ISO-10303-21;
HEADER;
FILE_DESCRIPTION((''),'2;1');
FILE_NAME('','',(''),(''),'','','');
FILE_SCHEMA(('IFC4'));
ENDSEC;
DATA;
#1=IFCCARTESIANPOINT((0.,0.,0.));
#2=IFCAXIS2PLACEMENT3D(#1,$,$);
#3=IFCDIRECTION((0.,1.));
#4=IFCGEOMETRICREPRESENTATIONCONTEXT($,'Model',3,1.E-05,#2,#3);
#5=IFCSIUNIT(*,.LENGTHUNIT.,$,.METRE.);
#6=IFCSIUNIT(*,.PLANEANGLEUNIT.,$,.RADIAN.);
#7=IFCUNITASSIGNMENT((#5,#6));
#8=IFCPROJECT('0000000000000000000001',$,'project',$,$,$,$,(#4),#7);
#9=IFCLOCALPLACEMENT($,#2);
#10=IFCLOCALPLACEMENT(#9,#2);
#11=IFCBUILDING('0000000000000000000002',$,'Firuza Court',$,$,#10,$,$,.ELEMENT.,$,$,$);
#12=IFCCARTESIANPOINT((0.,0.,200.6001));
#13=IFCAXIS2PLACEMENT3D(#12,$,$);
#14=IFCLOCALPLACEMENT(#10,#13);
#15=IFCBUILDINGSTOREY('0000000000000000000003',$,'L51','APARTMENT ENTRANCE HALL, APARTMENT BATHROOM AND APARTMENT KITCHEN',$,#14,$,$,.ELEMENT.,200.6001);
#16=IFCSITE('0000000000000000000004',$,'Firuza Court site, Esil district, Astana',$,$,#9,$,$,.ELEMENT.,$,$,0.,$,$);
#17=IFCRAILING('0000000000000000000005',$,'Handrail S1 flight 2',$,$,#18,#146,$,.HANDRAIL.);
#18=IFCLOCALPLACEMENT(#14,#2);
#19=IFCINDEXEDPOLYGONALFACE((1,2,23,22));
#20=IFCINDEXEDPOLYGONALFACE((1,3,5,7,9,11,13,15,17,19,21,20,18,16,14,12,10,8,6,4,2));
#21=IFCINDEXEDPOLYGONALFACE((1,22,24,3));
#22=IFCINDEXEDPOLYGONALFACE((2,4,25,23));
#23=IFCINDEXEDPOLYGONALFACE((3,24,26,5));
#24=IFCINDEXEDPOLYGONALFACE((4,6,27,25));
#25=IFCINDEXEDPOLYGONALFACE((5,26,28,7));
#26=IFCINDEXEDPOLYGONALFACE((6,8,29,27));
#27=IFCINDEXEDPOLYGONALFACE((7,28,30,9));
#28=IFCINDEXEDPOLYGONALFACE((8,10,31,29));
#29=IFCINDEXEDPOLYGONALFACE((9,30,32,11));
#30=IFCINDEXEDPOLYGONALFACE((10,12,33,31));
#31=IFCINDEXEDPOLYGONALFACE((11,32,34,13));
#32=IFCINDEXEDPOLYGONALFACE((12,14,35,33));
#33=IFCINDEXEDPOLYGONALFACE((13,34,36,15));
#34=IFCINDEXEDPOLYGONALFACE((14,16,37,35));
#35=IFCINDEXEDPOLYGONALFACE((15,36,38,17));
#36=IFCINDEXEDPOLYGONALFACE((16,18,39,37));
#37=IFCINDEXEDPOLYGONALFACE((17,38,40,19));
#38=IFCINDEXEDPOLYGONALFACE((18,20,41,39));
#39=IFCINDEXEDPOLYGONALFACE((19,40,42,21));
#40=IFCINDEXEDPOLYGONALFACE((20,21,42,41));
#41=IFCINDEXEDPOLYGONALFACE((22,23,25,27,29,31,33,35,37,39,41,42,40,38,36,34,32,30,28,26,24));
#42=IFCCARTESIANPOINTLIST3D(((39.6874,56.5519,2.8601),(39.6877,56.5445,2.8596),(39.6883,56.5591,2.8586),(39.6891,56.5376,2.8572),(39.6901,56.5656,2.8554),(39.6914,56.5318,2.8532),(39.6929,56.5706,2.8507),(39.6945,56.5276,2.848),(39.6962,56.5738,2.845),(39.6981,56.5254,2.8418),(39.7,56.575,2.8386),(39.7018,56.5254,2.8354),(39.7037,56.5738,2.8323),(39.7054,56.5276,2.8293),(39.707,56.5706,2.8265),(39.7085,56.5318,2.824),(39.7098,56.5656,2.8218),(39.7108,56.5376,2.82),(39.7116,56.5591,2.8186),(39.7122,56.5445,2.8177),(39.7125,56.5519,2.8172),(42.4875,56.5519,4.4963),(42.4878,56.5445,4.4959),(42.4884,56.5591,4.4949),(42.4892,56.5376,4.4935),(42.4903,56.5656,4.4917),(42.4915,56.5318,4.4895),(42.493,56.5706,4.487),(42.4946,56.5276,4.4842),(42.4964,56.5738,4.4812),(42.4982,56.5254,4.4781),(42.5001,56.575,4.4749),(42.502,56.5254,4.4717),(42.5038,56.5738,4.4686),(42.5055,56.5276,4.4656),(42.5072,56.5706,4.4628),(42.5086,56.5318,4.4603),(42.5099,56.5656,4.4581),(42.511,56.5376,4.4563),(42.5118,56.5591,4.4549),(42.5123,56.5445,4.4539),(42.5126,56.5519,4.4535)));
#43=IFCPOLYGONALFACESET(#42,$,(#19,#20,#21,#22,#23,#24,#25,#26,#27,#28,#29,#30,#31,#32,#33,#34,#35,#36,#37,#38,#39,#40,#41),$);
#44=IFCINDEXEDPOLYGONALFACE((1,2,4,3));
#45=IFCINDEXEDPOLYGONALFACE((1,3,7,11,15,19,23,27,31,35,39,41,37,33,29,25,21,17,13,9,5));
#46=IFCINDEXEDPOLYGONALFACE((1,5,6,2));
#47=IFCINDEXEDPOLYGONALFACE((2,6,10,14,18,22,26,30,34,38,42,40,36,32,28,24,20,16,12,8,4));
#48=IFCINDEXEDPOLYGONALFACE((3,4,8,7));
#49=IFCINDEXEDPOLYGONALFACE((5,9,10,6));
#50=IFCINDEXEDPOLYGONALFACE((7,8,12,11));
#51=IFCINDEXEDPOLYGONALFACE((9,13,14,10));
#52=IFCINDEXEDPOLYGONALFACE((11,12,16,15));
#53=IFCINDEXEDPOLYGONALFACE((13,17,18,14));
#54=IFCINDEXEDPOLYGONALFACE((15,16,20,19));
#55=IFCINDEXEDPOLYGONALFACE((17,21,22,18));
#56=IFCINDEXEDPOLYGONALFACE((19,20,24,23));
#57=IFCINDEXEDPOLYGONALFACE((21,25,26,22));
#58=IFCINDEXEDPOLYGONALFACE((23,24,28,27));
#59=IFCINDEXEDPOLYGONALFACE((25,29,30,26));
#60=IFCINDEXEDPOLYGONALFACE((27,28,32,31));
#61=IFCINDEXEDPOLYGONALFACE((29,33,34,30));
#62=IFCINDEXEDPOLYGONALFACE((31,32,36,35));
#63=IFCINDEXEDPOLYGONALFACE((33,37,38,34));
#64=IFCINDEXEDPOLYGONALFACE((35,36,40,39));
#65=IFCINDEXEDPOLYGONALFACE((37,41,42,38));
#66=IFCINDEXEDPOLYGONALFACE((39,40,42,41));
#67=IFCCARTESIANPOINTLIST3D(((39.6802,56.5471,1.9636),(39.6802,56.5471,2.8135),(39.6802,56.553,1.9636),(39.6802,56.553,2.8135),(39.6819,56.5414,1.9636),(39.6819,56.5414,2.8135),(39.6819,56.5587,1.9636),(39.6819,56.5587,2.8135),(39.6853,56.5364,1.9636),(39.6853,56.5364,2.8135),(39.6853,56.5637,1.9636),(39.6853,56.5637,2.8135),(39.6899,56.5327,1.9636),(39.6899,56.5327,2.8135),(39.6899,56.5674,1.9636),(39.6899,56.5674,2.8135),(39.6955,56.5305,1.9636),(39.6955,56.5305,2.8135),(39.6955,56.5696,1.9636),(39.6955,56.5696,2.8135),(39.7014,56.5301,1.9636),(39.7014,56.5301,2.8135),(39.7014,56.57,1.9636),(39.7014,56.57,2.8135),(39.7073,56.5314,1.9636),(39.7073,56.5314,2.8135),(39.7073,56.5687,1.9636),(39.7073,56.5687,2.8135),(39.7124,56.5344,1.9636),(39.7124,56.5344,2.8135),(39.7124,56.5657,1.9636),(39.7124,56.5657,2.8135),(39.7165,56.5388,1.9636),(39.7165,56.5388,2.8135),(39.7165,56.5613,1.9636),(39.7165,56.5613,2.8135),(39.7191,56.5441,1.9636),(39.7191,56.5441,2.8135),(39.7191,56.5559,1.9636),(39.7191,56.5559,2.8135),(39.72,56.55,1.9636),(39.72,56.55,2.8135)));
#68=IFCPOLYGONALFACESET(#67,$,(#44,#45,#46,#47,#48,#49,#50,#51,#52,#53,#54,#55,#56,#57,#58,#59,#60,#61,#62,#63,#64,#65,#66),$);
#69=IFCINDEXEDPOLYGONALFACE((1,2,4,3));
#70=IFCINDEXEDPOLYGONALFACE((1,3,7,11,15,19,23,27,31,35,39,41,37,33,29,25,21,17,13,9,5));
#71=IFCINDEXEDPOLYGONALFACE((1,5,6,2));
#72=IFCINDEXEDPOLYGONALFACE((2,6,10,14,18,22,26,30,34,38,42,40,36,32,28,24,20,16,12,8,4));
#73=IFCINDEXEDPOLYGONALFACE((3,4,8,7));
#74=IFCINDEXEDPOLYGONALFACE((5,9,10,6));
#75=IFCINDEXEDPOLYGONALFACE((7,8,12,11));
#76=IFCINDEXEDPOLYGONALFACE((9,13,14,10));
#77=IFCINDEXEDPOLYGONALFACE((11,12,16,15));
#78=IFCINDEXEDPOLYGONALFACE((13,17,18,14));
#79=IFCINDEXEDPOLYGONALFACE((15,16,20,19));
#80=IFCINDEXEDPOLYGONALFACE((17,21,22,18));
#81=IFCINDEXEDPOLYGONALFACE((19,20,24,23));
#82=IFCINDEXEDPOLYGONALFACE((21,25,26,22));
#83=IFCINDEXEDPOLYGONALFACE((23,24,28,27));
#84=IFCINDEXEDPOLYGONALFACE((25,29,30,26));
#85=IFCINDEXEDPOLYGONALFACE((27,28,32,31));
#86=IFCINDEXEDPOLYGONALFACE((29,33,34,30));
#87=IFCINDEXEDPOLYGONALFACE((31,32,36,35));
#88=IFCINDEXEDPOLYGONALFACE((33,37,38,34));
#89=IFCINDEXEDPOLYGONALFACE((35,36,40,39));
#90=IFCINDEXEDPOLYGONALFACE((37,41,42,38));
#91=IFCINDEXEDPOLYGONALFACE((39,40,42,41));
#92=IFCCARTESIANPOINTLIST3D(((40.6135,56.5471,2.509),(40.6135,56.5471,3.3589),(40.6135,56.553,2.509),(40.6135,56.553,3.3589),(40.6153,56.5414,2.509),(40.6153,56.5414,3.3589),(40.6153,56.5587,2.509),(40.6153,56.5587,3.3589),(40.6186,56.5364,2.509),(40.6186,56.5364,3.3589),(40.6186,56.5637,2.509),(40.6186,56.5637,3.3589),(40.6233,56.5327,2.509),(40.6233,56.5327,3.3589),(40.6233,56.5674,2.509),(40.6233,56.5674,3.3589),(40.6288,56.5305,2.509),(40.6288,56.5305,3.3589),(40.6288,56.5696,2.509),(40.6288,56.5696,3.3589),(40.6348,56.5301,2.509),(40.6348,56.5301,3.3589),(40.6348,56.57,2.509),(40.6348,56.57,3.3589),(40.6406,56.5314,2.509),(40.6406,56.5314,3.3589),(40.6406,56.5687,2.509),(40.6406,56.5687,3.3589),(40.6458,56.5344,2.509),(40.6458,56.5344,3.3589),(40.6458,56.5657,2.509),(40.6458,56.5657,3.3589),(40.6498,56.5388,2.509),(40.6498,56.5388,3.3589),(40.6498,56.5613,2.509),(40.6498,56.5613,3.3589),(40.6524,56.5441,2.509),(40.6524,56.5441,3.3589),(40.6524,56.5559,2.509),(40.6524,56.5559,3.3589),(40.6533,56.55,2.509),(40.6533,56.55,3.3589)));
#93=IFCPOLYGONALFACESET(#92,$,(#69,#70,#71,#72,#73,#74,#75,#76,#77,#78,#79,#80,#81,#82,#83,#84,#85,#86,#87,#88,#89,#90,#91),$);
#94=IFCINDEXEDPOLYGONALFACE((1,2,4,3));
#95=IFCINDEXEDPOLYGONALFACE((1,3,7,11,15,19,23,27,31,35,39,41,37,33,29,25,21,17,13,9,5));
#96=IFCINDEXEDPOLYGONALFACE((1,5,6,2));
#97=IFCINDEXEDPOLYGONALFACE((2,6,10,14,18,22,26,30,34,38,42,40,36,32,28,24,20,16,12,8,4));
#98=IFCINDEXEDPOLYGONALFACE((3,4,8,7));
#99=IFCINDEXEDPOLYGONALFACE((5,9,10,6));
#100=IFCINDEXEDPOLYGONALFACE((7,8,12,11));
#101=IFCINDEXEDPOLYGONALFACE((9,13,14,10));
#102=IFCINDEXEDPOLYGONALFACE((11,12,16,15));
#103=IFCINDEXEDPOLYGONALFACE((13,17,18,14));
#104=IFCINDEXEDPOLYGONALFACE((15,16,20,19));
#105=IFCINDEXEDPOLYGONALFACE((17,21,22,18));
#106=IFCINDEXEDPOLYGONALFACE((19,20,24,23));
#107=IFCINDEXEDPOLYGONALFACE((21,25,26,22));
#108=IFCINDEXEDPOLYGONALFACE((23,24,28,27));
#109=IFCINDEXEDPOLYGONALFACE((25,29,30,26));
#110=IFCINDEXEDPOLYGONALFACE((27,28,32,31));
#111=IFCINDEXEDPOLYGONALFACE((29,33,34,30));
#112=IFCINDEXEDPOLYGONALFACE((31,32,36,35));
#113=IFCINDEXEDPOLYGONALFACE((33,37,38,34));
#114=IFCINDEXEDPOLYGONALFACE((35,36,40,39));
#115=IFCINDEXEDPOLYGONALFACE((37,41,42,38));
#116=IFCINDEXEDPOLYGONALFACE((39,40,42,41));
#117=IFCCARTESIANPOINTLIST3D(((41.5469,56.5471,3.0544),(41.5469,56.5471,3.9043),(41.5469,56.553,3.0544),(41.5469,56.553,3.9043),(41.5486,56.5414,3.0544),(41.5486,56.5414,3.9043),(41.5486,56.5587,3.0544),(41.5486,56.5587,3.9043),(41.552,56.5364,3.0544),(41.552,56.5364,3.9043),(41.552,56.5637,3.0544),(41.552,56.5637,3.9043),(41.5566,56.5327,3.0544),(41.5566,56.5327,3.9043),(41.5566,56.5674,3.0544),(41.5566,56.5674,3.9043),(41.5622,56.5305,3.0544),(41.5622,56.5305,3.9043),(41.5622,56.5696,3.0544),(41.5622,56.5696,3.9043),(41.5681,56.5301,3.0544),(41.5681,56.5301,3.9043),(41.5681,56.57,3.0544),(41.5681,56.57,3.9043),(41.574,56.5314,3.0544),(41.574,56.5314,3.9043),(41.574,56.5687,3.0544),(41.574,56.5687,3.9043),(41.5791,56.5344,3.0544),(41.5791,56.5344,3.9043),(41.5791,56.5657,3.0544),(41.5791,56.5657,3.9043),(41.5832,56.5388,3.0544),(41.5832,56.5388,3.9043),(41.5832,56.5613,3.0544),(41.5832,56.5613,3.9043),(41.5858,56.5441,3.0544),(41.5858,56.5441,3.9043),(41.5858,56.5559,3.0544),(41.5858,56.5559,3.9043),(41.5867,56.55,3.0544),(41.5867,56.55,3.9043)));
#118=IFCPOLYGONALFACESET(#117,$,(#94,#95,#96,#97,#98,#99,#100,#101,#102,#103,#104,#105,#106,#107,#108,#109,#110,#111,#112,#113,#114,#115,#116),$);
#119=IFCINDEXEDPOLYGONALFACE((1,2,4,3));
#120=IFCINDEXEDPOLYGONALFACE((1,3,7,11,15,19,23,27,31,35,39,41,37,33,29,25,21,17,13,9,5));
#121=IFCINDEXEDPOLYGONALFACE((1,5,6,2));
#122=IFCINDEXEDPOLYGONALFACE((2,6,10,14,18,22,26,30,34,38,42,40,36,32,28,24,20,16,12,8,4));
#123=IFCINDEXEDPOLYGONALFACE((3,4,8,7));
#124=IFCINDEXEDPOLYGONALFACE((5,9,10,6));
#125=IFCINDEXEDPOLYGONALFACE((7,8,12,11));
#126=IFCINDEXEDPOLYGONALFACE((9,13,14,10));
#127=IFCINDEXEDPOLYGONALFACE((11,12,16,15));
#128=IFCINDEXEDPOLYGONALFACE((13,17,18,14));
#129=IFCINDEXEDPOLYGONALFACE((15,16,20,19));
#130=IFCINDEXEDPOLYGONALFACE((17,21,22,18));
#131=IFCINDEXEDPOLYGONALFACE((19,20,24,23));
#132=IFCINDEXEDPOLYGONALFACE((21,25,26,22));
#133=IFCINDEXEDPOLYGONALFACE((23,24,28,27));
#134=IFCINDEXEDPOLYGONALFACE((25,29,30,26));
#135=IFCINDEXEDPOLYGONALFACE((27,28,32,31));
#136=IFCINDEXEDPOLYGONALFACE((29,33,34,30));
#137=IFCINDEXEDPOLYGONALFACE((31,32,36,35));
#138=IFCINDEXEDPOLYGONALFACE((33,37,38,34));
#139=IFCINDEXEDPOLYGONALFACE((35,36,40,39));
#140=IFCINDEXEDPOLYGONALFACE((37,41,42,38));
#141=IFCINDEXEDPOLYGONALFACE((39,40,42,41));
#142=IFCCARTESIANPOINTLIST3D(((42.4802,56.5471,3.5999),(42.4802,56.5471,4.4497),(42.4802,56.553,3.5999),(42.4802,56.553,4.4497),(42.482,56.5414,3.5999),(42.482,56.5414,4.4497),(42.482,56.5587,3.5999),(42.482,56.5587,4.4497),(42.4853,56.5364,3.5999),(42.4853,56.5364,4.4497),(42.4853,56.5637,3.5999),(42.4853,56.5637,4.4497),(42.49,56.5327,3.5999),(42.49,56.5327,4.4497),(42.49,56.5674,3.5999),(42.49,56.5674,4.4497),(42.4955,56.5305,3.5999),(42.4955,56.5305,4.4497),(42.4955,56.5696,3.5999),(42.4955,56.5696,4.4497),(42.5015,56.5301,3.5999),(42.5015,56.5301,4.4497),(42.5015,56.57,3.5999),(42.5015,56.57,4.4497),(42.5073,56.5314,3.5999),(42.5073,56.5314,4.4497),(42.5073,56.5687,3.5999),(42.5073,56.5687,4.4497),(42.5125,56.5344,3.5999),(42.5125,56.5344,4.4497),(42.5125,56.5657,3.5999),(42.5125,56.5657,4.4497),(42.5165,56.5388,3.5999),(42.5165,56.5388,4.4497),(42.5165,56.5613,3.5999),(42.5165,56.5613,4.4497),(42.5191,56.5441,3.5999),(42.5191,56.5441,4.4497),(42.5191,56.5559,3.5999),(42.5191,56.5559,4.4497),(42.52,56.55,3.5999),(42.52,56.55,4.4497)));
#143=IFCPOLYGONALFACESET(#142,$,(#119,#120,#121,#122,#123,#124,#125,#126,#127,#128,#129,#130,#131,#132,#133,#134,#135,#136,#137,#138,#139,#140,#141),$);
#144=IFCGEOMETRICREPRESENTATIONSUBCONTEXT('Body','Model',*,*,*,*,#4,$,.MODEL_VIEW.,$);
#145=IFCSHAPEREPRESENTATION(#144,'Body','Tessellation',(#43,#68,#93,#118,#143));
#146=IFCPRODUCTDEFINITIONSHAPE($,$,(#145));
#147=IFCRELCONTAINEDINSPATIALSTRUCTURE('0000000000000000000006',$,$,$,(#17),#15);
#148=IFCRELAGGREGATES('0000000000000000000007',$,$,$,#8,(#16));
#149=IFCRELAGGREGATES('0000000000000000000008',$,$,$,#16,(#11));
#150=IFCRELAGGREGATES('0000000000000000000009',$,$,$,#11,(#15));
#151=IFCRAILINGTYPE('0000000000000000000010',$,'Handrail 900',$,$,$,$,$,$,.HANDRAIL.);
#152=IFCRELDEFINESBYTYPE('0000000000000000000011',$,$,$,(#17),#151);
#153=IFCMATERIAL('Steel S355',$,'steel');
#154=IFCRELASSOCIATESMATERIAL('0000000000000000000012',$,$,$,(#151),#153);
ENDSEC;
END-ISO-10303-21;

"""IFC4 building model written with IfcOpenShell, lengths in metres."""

from ifc_helpers import new_model, si_unit, direction, frame, origin, origin_2d, place, context, subcontext, project, spatial, circle, extrude, material, type_object, element, save


model = new_model("IFC4")

# Units and contexts
model_context = context("Model", 3, precision=1e-05, world=origin(), true_north=direction((0.0, 1.0)))
body_context = subcontext(model_context, "Body", "Model", "MODEL_VIEW")
ifc_project = project(units=[si_unit("LENGTHUNIT", "METRE"), si_unit("PLANEANGLEUNIT", "RADIAN")], contexts=[model_context])

# Site, building, storey
site_placement = place(None, origin())
site = spatial("IfcSite", under=ifc_project, at=site_placement, Name="Firuza Court site, Esil district, Astana", CompositionType="ELEMENT", RefElevation=0.0)
building_placement = place(site_placement, origin())
building = spatial("IfcBuilding", under=site, at=building_placement, Name="Firuza Court", CompositionType="ELEMENT")
storey_placement = place(building_placement, frame((0.0, 0.0, 200.6001)))
storey = spatial("IfcBuildingStorey", under=building, at=storey_placement, Name="L51", Description="APARTMENT ENTRANCE HALL, APARTMENT BATHROOM AND APARTMENT KITCHEN", CompositionType="ELEMENT", Elevation=200.6001)

# Railing
ifc_material_1 = material(Name="Steel S355", Category="steel")
railing_type_1 = type_object("IfcRailingType", Name="Handrail 900", PredefinedType="HANDRAIL", material=ifc_material_1)
railing_1_placement = place(storey_placement, frame((39.7, 56.55, 1.9636)))
element("IfcRailing", 1, at=railing_1_placement, inside=storey, type_object=railing_type_1, Name="Handrail S1 flight 2", PredefinedType="HANDRAIL", context=body_context, shape_type="SweptSolid", body=[
    extrude(circle(Radius=0.0249, at=origin_2d()), frame((0.0, 0.0, 0.875), z_axis=(0.863394, 0.0, 0.504531), x_axis=(0.0, 1.0, 0.0)), (0.0, 0.0, 1.0), 3.2432),
    extrude(circle(Radius=0.02, at=origin_2d()), origin(), (0.0, 0.0, 1.0), 0.8499),
    extrude(circle(Radius=0.02, at=origin_2d()), frame((0.9333, 0.0, 0.5454)), (0.0, 0.0, 1.0), 0.8499),
    extrude(circle(Radius=0.02, at=origin_2d()), frame((1.8667, 0.0, 1.0908)), (0.0, 0.0, 1.0), 0.8499),
    extrude(circle(Radius=0.02, at=origin_2d()), frame((2.8, 0.0, 1.6362)), (0.0, 0.0, 1.0), 0.8499),
])

save(model, "model.ifc")
